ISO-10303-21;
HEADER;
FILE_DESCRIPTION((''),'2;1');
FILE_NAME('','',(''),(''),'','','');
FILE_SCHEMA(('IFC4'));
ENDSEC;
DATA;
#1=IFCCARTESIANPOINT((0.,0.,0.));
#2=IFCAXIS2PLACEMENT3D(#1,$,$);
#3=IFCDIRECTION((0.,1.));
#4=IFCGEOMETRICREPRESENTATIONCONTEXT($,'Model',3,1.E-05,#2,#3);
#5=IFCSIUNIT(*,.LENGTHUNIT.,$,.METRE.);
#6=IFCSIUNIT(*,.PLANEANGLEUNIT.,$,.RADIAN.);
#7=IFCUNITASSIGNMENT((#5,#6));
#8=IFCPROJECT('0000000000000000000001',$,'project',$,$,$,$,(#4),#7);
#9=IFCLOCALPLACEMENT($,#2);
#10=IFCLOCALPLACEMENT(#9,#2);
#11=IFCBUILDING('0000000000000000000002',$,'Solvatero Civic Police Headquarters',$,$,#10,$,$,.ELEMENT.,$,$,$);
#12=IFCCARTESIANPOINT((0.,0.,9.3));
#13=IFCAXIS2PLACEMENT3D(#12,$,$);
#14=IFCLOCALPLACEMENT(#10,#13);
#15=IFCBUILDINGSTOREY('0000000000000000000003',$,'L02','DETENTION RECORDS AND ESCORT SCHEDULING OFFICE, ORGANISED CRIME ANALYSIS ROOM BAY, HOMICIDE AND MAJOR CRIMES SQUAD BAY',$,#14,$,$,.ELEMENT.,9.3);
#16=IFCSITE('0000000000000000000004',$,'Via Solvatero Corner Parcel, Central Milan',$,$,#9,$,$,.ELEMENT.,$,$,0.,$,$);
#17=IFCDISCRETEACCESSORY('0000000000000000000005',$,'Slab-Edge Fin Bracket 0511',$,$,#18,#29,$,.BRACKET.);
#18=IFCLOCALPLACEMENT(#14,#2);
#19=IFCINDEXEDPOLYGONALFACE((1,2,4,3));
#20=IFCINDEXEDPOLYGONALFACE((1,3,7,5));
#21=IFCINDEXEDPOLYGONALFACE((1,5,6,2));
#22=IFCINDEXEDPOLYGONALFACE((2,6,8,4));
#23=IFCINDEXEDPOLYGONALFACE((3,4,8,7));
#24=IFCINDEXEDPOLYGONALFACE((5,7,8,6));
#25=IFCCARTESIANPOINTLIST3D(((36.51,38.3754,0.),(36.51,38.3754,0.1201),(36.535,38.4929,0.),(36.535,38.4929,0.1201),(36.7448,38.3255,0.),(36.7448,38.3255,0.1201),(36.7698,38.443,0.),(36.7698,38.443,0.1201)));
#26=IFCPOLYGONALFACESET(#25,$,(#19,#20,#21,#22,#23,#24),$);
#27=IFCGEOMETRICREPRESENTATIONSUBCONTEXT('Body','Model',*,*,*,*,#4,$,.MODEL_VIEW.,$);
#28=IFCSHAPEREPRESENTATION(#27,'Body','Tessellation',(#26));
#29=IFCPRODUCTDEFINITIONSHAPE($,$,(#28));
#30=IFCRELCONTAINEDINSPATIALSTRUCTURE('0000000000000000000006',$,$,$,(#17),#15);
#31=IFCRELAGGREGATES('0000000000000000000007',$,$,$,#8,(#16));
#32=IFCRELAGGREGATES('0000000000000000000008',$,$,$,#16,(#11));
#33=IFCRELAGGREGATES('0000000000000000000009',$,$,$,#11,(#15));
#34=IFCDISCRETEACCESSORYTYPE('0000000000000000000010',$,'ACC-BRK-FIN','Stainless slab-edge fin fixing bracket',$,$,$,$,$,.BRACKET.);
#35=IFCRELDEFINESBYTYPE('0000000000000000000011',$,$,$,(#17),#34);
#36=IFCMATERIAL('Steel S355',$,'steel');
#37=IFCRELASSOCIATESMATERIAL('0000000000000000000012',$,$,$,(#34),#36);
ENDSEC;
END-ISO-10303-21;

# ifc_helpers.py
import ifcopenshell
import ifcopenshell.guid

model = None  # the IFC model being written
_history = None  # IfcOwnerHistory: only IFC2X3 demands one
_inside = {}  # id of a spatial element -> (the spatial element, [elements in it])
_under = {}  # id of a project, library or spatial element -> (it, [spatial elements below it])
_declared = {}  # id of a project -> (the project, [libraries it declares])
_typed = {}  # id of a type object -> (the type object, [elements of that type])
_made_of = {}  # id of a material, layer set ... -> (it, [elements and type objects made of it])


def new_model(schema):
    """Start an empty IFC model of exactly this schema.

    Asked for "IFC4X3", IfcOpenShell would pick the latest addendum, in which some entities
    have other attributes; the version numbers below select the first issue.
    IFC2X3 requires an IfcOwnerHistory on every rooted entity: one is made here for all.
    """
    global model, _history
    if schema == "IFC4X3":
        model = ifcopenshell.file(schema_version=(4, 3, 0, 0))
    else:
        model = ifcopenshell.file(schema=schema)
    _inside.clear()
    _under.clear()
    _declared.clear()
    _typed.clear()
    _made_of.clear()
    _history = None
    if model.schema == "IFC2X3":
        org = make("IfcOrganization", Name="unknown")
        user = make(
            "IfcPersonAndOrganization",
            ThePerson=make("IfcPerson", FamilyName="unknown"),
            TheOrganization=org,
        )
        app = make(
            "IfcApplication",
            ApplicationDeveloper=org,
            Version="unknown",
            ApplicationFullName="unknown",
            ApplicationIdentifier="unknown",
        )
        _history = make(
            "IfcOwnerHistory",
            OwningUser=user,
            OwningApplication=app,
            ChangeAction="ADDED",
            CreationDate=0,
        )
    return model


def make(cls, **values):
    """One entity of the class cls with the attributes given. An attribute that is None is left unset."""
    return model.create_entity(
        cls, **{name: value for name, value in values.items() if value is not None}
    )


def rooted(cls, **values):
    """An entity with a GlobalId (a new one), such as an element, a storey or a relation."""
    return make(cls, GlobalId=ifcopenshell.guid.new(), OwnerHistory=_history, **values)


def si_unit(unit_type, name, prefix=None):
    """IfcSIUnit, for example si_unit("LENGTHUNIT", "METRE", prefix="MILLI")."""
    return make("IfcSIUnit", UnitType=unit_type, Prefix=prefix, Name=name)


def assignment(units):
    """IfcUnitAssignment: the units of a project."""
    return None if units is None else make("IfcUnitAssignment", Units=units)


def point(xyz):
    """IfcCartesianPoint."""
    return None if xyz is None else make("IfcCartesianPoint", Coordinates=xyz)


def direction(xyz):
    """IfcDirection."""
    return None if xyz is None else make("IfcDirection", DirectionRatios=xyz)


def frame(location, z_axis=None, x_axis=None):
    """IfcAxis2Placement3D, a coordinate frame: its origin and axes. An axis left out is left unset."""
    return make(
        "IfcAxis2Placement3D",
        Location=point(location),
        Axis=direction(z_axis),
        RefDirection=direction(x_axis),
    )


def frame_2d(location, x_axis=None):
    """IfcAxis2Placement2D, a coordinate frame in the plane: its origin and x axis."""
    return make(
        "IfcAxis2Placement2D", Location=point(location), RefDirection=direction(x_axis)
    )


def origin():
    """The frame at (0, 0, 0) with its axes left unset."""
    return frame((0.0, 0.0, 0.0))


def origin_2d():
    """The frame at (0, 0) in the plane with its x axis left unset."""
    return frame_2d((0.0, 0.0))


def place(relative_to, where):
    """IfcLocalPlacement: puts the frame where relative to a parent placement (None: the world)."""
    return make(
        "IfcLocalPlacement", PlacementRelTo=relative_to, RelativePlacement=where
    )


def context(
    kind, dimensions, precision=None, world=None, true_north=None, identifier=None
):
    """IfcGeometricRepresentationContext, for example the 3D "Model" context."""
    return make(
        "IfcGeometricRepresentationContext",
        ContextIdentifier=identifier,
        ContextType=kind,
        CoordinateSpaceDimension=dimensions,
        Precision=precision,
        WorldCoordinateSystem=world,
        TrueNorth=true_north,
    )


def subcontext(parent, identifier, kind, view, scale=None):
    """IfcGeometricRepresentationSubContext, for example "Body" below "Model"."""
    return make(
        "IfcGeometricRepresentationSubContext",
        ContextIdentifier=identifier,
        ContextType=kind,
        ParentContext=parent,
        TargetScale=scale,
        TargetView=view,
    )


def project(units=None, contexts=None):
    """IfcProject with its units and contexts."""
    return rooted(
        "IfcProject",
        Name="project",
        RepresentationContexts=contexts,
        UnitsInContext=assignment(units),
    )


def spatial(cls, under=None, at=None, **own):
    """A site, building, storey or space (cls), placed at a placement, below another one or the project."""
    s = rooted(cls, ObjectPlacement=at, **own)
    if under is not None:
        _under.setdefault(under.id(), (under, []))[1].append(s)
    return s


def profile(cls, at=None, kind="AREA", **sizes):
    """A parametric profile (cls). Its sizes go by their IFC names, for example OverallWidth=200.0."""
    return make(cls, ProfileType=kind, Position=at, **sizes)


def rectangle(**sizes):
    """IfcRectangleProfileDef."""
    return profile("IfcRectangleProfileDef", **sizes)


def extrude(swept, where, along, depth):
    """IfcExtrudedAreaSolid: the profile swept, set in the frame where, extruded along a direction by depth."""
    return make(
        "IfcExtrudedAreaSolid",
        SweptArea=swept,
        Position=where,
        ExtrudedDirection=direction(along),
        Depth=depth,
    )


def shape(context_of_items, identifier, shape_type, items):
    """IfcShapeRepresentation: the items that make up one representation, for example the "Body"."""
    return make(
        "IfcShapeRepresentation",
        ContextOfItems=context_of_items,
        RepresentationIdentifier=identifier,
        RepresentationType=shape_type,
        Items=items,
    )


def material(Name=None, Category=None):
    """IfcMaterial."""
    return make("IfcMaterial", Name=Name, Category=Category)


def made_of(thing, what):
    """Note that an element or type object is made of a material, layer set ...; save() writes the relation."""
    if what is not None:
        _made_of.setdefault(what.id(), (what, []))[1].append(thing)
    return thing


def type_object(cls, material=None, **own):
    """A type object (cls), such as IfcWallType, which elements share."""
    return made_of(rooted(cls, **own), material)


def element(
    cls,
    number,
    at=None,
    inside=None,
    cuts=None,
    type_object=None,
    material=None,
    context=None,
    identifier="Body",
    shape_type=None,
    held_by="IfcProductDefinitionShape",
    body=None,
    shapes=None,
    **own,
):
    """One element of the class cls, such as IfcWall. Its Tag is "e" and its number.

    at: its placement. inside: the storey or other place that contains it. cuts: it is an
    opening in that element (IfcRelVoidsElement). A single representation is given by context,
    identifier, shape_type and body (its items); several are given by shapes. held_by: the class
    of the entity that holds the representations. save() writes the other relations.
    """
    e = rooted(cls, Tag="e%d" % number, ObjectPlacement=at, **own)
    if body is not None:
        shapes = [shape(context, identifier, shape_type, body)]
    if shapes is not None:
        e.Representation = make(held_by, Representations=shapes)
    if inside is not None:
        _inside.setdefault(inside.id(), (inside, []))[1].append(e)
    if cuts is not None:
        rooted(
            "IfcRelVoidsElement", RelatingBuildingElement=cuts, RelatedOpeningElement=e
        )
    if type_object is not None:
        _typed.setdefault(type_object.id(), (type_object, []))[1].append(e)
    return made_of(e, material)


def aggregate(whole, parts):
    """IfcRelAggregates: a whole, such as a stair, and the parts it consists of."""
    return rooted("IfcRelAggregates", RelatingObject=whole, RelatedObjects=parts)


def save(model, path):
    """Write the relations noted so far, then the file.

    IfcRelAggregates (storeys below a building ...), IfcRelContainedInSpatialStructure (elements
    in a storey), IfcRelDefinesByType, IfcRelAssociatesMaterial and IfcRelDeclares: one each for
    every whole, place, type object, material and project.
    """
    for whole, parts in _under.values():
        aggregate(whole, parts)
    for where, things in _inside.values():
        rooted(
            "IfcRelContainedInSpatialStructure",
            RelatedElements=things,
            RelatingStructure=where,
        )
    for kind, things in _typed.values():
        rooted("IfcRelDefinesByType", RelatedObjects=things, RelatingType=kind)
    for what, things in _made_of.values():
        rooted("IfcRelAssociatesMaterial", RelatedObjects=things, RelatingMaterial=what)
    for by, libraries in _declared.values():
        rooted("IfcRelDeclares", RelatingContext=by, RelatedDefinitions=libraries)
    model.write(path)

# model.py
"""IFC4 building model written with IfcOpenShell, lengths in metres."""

from ifc_helpers import new_model, si_unit, direction, frame, origin, origin_2d, place, context, subcontext, project, spatial, rectangle, extrude, material, type_object, element, save


model = new_model("IFC4")

# Units and contexts
model_context = context("Model", 3, precision=1e-05, world=origin(), true_north=direction((0.0, 1.0)))
body_context = subcontext(model_context, "Body", "Model", "MODEL_VIEW")
ifc_project = project(units=[si_unit("LENGTHUNIT", "METRE"), si_unit("PLANEANGLEUNIT", "RADIAN")], contexts=[model_context])

# Site, building, storey
site_placement = place(None, origin())
site = spatial("IfcSite", under=ifc_project, at=site_placement, Name="Via Solvatero Corner Parcel, Central Milan", CompositionType="ELEMENT", RefElevation=0.0)
building_placement = place(site_placement, origin())
building = spatial("IfcBuilding", under=site, at=building_placement, Name="Solvatero Civic Police Headquarters", CompositionType="ELEMENT")
storey_placement = place(building_placement, frame((0.0, 0.0, 9.3)))
storey = spatial("IfcBuildingStorey", under=building, at=storey_placement, Name="L02", Description="DETENTION RECORDS AND ESCORT SCHEDULING OFFICE, ORGANISED CRIME ANALYSIS ROOM BAY, HOMICIDE AND MAJOR CRIMES SQUAD BAY", CompositionType="ELEMENT", Elevation=9.3)

# Shared definitions
ifc_material_1 = material(Name="Steel S355", Category="steel")

# Discrete accessory
discrete_accessory_type = type_object("IfcDiscreteAccessoryType", Name="ACC-BRK-FIN", Description="Stainless slab-edge fin fixing bracket", PredefinedType="BRACKET", material=ifc_material_1)
for number, where, z_axis, x_axis, name in (
    (1, (36.6399, 38.4092, 0.0), (0.0, 0.0, 1.0), (-0.207912, -0.978148, 0.0), "Slab-Edge Fin Bracket 0511"),
):
    element("IfcDiscreteAccessory", number, at=place(storey_placement, frame(where, z_axis=z_axis, x_axis=x_axis)), inside=storey, type_object=discrete_accessory_type, Name=name, PredefinedType="BRACKET", context=body_context, shape_type="SweptSolid", body=[
        extrude(rectangle(XDim=0.1201, YDim=0.24, at=origin_2d()), origin(), (0.0, 0.0, 1.0), 0.1201),
    ])

save(model, "model.ifc")
